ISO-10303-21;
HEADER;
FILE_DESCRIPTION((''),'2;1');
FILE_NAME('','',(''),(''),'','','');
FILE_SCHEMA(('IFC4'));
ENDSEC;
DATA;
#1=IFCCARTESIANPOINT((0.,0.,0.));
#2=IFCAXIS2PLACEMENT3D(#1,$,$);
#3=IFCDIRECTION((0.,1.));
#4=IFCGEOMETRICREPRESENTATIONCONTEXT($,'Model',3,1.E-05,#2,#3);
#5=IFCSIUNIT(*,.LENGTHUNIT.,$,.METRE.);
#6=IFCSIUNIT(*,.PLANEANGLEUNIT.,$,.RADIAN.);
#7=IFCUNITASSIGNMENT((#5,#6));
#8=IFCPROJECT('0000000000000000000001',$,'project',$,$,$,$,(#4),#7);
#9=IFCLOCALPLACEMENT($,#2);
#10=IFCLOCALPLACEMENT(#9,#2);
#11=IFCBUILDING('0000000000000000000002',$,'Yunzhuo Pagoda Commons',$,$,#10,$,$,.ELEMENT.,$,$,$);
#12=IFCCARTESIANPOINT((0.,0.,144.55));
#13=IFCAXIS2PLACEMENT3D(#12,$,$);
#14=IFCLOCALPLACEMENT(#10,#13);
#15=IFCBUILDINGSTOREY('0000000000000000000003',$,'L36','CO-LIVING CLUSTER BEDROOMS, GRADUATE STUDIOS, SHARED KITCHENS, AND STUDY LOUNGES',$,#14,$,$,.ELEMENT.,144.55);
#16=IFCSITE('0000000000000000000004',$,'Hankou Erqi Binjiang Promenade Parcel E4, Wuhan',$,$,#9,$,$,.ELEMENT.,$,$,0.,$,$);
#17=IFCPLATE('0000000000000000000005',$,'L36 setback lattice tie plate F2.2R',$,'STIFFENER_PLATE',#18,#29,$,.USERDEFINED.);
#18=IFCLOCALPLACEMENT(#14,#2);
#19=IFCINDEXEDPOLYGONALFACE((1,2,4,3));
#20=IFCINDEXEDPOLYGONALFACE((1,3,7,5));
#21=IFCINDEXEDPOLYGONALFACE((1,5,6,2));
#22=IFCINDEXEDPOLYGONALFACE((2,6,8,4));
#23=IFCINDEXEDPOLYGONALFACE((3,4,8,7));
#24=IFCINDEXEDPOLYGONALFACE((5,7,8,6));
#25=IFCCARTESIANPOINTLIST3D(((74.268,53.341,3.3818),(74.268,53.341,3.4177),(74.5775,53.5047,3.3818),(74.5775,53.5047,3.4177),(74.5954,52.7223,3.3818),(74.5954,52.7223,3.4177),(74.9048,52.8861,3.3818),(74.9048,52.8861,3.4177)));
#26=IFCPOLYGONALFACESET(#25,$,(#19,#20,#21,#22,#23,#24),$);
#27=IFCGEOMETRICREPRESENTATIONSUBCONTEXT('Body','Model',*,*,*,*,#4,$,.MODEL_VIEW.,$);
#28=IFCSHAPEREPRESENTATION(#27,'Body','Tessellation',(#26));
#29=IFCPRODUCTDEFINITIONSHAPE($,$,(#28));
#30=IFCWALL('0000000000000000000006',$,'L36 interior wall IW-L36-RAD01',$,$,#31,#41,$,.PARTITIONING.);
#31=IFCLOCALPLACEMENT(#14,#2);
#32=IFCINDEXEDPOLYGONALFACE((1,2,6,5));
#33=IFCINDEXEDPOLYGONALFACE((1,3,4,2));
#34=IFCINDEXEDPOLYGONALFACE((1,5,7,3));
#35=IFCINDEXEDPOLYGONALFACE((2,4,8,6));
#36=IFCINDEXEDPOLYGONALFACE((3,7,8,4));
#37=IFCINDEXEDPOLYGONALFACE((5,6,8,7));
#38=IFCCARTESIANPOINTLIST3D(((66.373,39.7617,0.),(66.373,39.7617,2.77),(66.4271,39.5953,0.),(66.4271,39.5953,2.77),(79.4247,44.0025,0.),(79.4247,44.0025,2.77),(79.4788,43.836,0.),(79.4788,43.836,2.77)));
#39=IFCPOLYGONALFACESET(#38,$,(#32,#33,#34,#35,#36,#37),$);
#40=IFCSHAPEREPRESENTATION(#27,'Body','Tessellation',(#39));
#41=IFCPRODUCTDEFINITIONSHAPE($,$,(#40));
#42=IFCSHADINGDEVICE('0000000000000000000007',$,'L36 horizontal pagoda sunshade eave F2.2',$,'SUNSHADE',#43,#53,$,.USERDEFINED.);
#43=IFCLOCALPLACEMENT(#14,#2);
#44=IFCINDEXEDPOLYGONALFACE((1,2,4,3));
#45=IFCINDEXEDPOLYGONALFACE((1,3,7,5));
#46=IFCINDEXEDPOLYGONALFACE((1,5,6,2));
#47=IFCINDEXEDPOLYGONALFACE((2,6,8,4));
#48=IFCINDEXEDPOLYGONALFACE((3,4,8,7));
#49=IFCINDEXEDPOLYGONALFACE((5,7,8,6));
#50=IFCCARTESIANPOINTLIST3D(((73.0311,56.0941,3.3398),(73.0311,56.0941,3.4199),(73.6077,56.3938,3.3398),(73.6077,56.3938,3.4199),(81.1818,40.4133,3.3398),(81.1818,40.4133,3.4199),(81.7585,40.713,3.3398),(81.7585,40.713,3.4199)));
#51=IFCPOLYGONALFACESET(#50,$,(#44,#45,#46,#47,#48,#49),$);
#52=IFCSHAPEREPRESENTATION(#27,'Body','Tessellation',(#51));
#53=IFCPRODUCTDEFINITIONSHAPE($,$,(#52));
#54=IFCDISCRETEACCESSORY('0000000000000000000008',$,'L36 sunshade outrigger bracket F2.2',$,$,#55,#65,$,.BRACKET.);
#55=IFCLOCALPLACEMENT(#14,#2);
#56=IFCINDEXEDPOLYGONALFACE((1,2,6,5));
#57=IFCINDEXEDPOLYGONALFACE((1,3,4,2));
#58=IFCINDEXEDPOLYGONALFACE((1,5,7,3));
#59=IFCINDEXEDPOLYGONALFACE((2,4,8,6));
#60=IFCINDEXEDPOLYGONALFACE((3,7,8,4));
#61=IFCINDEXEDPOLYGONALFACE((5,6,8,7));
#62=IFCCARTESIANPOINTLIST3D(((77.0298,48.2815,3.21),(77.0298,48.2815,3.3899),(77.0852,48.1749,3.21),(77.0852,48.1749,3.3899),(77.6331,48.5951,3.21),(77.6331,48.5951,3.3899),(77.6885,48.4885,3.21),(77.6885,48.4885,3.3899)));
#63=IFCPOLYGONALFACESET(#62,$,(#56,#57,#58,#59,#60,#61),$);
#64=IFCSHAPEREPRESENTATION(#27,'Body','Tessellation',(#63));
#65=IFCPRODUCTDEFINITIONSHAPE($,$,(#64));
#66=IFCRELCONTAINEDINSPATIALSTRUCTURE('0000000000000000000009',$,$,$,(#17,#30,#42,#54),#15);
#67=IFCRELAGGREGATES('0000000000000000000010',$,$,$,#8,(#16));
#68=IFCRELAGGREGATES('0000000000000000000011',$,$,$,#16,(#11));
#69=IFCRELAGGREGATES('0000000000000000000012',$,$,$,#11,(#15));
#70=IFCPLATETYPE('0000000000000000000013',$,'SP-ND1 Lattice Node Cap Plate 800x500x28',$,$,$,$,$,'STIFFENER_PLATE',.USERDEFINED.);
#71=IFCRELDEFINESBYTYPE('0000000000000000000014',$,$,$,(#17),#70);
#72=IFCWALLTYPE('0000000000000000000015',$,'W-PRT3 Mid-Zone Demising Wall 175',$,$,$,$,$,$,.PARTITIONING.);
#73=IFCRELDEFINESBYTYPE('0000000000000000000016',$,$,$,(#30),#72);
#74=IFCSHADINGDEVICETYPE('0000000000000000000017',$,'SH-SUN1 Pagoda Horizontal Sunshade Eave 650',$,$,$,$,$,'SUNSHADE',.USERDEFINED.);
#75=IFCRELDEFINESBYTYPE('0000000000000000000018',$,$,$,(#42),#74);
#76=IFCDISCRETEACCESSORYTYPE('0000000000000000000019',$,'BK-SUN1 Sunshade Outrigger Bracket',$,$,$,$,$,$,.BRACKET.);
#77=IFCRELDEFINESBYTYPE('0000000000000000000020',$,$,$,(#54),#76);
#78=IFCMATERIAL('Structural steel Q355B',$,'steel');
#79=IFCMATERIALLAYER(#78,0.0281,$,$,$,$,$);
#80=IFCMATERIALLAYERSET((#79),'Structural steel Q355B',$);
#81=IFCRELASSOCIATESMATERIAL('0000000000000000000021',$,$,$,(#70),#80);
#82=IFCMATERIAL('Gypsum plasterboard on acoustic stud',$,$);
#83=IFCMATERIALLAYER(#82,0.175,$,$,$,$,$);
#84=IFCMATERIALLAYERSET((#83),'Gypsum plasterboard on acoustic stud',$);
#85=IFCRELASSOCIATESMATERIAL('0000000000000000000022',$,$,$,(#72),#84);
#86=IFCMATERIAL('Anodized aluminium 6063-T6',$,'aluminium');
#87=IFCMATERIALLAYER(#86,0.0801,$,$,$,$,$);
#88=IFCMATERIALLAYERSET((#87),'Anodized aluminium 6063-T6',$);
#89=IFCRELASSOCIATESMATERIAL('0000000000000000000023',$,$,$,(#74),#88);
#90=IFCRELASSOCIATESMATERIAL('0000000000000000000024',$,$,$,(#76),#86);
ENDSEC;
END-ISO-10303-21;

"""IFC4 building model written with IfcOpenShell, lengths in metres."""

from ifc_helpers import new_model, si_unit, direction, frame, frame_2d, origin, origin_2d, place, context, subcontext, project, spatial, rectangle, extrude, source, transform, mapped, material, layer, layer_set, type_object, element, save


model = new_model("IFC4")

# Units and contexts
model_context = context("Model", 3, precision=1e-05, world=origin(), true_north=direction((0.0, 1.0)))
body_context = subcontext(model_context, "Body", "Model", "MODEL_VIEW")
ifc_project = project(units=[si_unit("LENGTHUNIT", "METRE"), si_unit("PLANEANGLEUNIT", "RADIAN")], contexts=[model_context])

# Site, building, storey
site_placement = place(None, origin())
site = spatial("IfcSite", under=ifc_project, at=site_placement, Name="Hankou Erqi Binjiang Promenade Parcel E4, Wuhan", CompositionType="ELEMENT", RefElevation=0.0)
building_placement = place(site_placement, origin())
building = spatial("IfcBuilding", under=site, at=building_placement, Name="Yunzhuo Pagoda Commons", CompositionType="ELEMENT")
storey_placement = place(building_placement, frame((0.0, 0.0, 144.55)))
storey = spatial("IfcBuildingStorey", under=building, at=storey_placement, Name="L36", Description="CO-LIVING CLUSTER BEDROOMS, GRADUATE STUDIOS, SHARED KITCHENS, AND STUDY LOUNGES", CompositionType="ELEMENT", Elevation=144.55)

# Shared definitions
ifc_material_1 = material(Name="Structural steel Q355B", Category="steel")

# Shared definitions
ifc_material_2 = material(Name="Anodized aluminium 6063-T6", Category="aluminium")

# Plate
ifc_layer_1 = layer(ifc_material_1, 0.0281)
ifc_layer_set_1 = layer_set([ifc_layer_1], Name="Structural steel Q355B")
plate_type_1 = type_object("IfcPlateType", Name="SP-ND1 Lattice Node Cap Plate 800x500x28", ElementType="STIFFENER_PLATE", PredefinedType="USERDEFINED", material=ifc_layer_set_1)
shared_shape_1 = source(origin(), body_context, "Body", "SweptSolid", [
    extrude(rectangle(XDim=0.7, YDim=0.3501, at=origin_2d()), origin(), (0.0, 0.0, 1.0), 0.0359),
])
for number, where, z_axis, x_axis, name in (
    (1, (74.5864, 53.1135, 3.3818), (0.0, 0.0, 1.0), (-0.467714, 0.88388, 0.0), "L36 setback lattice tie plate F2.2R"),
):
    element("IfcPlate", number, at=place(storey_placement, frame(where, z_axis=z_axis, x_axis=x_axis)), inside=storey, type_object=plate_type_1, Name=name, ObjectType="STIFFENER_PLATE", PredefinedType="USERDEFINED", context=body_context, shape_type="MappedRepresentation", body=[
        mapped(shared_shape_1, transform((0.0, 0.0, 0.0), scale=1.0)),
    ])

# Wall
ifc_material_3 = material(Name="Gypsum plasterboard on acoustic stud")
ifc_layer_2 = layer(ifc_material_3, 0.175)
ifc_layer_set_2 = layer_set([ifc_layer_2], Name="Gypsum plasterboard on acoustic stud")
wall_type = type_object("IfcWallType", Name="W-PRT3 Mid-Zone Demising Wall 175", PredefinedType="PARTITIONING", material=ifc_layer_set_2)
wall_placement = place(storey_placement, frame((66.3999, 39.6785, 0.0), z_axis=(0.0, 0.0, 1.0), x_axis=(0.951058, 0.309014, 0.0)))
element("IfcWall", 2, at=wall_placement, inside=storey, type_object=wall_type, Name="L36 interior wall IW-L36-RAD01", PredefinedType="PARTITIONING", context=body_context, shape_type="SweptSolid", body=[
    extrude(rectangle(XDim=13.7234, YDim=0.175, at=frame_2d((6.8618, 0.0))), origin(), (0.0, 0.0, 1.0), 2.77),
])

# Shading device
ifc_layer_3 = layer(ifc_material_2, 0.0801)
ifc_layer_set_3 = layer_set([ifc_layer_3], Name="Anodized aluminium 6063-T6")
shading_device_type = type_object("IfcShadingDeviceType", Name="SH-SUN1 Pagoda Horizontal Sunshade Eave 650", ElementType="SUNSHADE", PredefinedType="USERDEFINED", material=ifc_layer_set_3)
shared_shape_2 = source(origin(), body_context, "Body", "SweptSolid", [
    extrude(rectangle(XDim=17.6726, YDim=0.6499, at=origin_2d()), origin(), (0.0, 0.0, 1.0), 0.0801),
])
shading_device_placement = place(storey_placement, frame((77.3948, 48.4036, 3.3398), z_axis=(0.0, 0.0, 1.0), x_axis=(-0.461207, 0.887293, 0.0)))
element("IfcShadingDevice", 3, at=shading_device_placement, inside=storey, type_object=shading_device_type, Name="L36 horizontal pagoda sunshade eave F2.2", ObjectType="SUNSHADE", PredefinedType="USERDEFINED", context=body_context, shape_type="MappedRepresentation", body=[
    mapped(shared_shape_2, transform((0.0, 0.0, 0.0), scale=1.0)),
])

# Discrete accessory
discrete_accessory_type = type_object("IfcDiscreteAccessoryType", Name="BK-SUN1 Sunshade Outrigger Bracket", PredefinedType="BRACKET", material=ifc_material_2)
shared_shape_3 = source(origin(), body_context, "Body", "SweptSolid", [
    extrude(rectangle(XDim=0.1201, YDim=0.6799, at=origin_2d()), origin(), (0.0, 0.0, 1.0), 0.1799),
])
discrete_accessory_placement = place(storey_placement, frame((77.3591, 48.385, 3.21), z_axis=(0.0, 0.0, 1.0), x_axis=(-0.461207, 0.887293, 0.0)))
element("IfcDiscreteAccessory", 4, at=discrete_accessory_placement, inside=storey, type_object=discrete_accessory_type, Name="L36 sunshade outrigger bracket F2.2", PredefinedType="BRACKET", context=body_context, shape_type="MappedRepresentation", body=[
    mapped(shared_shape_3, transform((0.0, 0.0, 0.0), scale=1.0)),
])

save(model, "model.ifc")
